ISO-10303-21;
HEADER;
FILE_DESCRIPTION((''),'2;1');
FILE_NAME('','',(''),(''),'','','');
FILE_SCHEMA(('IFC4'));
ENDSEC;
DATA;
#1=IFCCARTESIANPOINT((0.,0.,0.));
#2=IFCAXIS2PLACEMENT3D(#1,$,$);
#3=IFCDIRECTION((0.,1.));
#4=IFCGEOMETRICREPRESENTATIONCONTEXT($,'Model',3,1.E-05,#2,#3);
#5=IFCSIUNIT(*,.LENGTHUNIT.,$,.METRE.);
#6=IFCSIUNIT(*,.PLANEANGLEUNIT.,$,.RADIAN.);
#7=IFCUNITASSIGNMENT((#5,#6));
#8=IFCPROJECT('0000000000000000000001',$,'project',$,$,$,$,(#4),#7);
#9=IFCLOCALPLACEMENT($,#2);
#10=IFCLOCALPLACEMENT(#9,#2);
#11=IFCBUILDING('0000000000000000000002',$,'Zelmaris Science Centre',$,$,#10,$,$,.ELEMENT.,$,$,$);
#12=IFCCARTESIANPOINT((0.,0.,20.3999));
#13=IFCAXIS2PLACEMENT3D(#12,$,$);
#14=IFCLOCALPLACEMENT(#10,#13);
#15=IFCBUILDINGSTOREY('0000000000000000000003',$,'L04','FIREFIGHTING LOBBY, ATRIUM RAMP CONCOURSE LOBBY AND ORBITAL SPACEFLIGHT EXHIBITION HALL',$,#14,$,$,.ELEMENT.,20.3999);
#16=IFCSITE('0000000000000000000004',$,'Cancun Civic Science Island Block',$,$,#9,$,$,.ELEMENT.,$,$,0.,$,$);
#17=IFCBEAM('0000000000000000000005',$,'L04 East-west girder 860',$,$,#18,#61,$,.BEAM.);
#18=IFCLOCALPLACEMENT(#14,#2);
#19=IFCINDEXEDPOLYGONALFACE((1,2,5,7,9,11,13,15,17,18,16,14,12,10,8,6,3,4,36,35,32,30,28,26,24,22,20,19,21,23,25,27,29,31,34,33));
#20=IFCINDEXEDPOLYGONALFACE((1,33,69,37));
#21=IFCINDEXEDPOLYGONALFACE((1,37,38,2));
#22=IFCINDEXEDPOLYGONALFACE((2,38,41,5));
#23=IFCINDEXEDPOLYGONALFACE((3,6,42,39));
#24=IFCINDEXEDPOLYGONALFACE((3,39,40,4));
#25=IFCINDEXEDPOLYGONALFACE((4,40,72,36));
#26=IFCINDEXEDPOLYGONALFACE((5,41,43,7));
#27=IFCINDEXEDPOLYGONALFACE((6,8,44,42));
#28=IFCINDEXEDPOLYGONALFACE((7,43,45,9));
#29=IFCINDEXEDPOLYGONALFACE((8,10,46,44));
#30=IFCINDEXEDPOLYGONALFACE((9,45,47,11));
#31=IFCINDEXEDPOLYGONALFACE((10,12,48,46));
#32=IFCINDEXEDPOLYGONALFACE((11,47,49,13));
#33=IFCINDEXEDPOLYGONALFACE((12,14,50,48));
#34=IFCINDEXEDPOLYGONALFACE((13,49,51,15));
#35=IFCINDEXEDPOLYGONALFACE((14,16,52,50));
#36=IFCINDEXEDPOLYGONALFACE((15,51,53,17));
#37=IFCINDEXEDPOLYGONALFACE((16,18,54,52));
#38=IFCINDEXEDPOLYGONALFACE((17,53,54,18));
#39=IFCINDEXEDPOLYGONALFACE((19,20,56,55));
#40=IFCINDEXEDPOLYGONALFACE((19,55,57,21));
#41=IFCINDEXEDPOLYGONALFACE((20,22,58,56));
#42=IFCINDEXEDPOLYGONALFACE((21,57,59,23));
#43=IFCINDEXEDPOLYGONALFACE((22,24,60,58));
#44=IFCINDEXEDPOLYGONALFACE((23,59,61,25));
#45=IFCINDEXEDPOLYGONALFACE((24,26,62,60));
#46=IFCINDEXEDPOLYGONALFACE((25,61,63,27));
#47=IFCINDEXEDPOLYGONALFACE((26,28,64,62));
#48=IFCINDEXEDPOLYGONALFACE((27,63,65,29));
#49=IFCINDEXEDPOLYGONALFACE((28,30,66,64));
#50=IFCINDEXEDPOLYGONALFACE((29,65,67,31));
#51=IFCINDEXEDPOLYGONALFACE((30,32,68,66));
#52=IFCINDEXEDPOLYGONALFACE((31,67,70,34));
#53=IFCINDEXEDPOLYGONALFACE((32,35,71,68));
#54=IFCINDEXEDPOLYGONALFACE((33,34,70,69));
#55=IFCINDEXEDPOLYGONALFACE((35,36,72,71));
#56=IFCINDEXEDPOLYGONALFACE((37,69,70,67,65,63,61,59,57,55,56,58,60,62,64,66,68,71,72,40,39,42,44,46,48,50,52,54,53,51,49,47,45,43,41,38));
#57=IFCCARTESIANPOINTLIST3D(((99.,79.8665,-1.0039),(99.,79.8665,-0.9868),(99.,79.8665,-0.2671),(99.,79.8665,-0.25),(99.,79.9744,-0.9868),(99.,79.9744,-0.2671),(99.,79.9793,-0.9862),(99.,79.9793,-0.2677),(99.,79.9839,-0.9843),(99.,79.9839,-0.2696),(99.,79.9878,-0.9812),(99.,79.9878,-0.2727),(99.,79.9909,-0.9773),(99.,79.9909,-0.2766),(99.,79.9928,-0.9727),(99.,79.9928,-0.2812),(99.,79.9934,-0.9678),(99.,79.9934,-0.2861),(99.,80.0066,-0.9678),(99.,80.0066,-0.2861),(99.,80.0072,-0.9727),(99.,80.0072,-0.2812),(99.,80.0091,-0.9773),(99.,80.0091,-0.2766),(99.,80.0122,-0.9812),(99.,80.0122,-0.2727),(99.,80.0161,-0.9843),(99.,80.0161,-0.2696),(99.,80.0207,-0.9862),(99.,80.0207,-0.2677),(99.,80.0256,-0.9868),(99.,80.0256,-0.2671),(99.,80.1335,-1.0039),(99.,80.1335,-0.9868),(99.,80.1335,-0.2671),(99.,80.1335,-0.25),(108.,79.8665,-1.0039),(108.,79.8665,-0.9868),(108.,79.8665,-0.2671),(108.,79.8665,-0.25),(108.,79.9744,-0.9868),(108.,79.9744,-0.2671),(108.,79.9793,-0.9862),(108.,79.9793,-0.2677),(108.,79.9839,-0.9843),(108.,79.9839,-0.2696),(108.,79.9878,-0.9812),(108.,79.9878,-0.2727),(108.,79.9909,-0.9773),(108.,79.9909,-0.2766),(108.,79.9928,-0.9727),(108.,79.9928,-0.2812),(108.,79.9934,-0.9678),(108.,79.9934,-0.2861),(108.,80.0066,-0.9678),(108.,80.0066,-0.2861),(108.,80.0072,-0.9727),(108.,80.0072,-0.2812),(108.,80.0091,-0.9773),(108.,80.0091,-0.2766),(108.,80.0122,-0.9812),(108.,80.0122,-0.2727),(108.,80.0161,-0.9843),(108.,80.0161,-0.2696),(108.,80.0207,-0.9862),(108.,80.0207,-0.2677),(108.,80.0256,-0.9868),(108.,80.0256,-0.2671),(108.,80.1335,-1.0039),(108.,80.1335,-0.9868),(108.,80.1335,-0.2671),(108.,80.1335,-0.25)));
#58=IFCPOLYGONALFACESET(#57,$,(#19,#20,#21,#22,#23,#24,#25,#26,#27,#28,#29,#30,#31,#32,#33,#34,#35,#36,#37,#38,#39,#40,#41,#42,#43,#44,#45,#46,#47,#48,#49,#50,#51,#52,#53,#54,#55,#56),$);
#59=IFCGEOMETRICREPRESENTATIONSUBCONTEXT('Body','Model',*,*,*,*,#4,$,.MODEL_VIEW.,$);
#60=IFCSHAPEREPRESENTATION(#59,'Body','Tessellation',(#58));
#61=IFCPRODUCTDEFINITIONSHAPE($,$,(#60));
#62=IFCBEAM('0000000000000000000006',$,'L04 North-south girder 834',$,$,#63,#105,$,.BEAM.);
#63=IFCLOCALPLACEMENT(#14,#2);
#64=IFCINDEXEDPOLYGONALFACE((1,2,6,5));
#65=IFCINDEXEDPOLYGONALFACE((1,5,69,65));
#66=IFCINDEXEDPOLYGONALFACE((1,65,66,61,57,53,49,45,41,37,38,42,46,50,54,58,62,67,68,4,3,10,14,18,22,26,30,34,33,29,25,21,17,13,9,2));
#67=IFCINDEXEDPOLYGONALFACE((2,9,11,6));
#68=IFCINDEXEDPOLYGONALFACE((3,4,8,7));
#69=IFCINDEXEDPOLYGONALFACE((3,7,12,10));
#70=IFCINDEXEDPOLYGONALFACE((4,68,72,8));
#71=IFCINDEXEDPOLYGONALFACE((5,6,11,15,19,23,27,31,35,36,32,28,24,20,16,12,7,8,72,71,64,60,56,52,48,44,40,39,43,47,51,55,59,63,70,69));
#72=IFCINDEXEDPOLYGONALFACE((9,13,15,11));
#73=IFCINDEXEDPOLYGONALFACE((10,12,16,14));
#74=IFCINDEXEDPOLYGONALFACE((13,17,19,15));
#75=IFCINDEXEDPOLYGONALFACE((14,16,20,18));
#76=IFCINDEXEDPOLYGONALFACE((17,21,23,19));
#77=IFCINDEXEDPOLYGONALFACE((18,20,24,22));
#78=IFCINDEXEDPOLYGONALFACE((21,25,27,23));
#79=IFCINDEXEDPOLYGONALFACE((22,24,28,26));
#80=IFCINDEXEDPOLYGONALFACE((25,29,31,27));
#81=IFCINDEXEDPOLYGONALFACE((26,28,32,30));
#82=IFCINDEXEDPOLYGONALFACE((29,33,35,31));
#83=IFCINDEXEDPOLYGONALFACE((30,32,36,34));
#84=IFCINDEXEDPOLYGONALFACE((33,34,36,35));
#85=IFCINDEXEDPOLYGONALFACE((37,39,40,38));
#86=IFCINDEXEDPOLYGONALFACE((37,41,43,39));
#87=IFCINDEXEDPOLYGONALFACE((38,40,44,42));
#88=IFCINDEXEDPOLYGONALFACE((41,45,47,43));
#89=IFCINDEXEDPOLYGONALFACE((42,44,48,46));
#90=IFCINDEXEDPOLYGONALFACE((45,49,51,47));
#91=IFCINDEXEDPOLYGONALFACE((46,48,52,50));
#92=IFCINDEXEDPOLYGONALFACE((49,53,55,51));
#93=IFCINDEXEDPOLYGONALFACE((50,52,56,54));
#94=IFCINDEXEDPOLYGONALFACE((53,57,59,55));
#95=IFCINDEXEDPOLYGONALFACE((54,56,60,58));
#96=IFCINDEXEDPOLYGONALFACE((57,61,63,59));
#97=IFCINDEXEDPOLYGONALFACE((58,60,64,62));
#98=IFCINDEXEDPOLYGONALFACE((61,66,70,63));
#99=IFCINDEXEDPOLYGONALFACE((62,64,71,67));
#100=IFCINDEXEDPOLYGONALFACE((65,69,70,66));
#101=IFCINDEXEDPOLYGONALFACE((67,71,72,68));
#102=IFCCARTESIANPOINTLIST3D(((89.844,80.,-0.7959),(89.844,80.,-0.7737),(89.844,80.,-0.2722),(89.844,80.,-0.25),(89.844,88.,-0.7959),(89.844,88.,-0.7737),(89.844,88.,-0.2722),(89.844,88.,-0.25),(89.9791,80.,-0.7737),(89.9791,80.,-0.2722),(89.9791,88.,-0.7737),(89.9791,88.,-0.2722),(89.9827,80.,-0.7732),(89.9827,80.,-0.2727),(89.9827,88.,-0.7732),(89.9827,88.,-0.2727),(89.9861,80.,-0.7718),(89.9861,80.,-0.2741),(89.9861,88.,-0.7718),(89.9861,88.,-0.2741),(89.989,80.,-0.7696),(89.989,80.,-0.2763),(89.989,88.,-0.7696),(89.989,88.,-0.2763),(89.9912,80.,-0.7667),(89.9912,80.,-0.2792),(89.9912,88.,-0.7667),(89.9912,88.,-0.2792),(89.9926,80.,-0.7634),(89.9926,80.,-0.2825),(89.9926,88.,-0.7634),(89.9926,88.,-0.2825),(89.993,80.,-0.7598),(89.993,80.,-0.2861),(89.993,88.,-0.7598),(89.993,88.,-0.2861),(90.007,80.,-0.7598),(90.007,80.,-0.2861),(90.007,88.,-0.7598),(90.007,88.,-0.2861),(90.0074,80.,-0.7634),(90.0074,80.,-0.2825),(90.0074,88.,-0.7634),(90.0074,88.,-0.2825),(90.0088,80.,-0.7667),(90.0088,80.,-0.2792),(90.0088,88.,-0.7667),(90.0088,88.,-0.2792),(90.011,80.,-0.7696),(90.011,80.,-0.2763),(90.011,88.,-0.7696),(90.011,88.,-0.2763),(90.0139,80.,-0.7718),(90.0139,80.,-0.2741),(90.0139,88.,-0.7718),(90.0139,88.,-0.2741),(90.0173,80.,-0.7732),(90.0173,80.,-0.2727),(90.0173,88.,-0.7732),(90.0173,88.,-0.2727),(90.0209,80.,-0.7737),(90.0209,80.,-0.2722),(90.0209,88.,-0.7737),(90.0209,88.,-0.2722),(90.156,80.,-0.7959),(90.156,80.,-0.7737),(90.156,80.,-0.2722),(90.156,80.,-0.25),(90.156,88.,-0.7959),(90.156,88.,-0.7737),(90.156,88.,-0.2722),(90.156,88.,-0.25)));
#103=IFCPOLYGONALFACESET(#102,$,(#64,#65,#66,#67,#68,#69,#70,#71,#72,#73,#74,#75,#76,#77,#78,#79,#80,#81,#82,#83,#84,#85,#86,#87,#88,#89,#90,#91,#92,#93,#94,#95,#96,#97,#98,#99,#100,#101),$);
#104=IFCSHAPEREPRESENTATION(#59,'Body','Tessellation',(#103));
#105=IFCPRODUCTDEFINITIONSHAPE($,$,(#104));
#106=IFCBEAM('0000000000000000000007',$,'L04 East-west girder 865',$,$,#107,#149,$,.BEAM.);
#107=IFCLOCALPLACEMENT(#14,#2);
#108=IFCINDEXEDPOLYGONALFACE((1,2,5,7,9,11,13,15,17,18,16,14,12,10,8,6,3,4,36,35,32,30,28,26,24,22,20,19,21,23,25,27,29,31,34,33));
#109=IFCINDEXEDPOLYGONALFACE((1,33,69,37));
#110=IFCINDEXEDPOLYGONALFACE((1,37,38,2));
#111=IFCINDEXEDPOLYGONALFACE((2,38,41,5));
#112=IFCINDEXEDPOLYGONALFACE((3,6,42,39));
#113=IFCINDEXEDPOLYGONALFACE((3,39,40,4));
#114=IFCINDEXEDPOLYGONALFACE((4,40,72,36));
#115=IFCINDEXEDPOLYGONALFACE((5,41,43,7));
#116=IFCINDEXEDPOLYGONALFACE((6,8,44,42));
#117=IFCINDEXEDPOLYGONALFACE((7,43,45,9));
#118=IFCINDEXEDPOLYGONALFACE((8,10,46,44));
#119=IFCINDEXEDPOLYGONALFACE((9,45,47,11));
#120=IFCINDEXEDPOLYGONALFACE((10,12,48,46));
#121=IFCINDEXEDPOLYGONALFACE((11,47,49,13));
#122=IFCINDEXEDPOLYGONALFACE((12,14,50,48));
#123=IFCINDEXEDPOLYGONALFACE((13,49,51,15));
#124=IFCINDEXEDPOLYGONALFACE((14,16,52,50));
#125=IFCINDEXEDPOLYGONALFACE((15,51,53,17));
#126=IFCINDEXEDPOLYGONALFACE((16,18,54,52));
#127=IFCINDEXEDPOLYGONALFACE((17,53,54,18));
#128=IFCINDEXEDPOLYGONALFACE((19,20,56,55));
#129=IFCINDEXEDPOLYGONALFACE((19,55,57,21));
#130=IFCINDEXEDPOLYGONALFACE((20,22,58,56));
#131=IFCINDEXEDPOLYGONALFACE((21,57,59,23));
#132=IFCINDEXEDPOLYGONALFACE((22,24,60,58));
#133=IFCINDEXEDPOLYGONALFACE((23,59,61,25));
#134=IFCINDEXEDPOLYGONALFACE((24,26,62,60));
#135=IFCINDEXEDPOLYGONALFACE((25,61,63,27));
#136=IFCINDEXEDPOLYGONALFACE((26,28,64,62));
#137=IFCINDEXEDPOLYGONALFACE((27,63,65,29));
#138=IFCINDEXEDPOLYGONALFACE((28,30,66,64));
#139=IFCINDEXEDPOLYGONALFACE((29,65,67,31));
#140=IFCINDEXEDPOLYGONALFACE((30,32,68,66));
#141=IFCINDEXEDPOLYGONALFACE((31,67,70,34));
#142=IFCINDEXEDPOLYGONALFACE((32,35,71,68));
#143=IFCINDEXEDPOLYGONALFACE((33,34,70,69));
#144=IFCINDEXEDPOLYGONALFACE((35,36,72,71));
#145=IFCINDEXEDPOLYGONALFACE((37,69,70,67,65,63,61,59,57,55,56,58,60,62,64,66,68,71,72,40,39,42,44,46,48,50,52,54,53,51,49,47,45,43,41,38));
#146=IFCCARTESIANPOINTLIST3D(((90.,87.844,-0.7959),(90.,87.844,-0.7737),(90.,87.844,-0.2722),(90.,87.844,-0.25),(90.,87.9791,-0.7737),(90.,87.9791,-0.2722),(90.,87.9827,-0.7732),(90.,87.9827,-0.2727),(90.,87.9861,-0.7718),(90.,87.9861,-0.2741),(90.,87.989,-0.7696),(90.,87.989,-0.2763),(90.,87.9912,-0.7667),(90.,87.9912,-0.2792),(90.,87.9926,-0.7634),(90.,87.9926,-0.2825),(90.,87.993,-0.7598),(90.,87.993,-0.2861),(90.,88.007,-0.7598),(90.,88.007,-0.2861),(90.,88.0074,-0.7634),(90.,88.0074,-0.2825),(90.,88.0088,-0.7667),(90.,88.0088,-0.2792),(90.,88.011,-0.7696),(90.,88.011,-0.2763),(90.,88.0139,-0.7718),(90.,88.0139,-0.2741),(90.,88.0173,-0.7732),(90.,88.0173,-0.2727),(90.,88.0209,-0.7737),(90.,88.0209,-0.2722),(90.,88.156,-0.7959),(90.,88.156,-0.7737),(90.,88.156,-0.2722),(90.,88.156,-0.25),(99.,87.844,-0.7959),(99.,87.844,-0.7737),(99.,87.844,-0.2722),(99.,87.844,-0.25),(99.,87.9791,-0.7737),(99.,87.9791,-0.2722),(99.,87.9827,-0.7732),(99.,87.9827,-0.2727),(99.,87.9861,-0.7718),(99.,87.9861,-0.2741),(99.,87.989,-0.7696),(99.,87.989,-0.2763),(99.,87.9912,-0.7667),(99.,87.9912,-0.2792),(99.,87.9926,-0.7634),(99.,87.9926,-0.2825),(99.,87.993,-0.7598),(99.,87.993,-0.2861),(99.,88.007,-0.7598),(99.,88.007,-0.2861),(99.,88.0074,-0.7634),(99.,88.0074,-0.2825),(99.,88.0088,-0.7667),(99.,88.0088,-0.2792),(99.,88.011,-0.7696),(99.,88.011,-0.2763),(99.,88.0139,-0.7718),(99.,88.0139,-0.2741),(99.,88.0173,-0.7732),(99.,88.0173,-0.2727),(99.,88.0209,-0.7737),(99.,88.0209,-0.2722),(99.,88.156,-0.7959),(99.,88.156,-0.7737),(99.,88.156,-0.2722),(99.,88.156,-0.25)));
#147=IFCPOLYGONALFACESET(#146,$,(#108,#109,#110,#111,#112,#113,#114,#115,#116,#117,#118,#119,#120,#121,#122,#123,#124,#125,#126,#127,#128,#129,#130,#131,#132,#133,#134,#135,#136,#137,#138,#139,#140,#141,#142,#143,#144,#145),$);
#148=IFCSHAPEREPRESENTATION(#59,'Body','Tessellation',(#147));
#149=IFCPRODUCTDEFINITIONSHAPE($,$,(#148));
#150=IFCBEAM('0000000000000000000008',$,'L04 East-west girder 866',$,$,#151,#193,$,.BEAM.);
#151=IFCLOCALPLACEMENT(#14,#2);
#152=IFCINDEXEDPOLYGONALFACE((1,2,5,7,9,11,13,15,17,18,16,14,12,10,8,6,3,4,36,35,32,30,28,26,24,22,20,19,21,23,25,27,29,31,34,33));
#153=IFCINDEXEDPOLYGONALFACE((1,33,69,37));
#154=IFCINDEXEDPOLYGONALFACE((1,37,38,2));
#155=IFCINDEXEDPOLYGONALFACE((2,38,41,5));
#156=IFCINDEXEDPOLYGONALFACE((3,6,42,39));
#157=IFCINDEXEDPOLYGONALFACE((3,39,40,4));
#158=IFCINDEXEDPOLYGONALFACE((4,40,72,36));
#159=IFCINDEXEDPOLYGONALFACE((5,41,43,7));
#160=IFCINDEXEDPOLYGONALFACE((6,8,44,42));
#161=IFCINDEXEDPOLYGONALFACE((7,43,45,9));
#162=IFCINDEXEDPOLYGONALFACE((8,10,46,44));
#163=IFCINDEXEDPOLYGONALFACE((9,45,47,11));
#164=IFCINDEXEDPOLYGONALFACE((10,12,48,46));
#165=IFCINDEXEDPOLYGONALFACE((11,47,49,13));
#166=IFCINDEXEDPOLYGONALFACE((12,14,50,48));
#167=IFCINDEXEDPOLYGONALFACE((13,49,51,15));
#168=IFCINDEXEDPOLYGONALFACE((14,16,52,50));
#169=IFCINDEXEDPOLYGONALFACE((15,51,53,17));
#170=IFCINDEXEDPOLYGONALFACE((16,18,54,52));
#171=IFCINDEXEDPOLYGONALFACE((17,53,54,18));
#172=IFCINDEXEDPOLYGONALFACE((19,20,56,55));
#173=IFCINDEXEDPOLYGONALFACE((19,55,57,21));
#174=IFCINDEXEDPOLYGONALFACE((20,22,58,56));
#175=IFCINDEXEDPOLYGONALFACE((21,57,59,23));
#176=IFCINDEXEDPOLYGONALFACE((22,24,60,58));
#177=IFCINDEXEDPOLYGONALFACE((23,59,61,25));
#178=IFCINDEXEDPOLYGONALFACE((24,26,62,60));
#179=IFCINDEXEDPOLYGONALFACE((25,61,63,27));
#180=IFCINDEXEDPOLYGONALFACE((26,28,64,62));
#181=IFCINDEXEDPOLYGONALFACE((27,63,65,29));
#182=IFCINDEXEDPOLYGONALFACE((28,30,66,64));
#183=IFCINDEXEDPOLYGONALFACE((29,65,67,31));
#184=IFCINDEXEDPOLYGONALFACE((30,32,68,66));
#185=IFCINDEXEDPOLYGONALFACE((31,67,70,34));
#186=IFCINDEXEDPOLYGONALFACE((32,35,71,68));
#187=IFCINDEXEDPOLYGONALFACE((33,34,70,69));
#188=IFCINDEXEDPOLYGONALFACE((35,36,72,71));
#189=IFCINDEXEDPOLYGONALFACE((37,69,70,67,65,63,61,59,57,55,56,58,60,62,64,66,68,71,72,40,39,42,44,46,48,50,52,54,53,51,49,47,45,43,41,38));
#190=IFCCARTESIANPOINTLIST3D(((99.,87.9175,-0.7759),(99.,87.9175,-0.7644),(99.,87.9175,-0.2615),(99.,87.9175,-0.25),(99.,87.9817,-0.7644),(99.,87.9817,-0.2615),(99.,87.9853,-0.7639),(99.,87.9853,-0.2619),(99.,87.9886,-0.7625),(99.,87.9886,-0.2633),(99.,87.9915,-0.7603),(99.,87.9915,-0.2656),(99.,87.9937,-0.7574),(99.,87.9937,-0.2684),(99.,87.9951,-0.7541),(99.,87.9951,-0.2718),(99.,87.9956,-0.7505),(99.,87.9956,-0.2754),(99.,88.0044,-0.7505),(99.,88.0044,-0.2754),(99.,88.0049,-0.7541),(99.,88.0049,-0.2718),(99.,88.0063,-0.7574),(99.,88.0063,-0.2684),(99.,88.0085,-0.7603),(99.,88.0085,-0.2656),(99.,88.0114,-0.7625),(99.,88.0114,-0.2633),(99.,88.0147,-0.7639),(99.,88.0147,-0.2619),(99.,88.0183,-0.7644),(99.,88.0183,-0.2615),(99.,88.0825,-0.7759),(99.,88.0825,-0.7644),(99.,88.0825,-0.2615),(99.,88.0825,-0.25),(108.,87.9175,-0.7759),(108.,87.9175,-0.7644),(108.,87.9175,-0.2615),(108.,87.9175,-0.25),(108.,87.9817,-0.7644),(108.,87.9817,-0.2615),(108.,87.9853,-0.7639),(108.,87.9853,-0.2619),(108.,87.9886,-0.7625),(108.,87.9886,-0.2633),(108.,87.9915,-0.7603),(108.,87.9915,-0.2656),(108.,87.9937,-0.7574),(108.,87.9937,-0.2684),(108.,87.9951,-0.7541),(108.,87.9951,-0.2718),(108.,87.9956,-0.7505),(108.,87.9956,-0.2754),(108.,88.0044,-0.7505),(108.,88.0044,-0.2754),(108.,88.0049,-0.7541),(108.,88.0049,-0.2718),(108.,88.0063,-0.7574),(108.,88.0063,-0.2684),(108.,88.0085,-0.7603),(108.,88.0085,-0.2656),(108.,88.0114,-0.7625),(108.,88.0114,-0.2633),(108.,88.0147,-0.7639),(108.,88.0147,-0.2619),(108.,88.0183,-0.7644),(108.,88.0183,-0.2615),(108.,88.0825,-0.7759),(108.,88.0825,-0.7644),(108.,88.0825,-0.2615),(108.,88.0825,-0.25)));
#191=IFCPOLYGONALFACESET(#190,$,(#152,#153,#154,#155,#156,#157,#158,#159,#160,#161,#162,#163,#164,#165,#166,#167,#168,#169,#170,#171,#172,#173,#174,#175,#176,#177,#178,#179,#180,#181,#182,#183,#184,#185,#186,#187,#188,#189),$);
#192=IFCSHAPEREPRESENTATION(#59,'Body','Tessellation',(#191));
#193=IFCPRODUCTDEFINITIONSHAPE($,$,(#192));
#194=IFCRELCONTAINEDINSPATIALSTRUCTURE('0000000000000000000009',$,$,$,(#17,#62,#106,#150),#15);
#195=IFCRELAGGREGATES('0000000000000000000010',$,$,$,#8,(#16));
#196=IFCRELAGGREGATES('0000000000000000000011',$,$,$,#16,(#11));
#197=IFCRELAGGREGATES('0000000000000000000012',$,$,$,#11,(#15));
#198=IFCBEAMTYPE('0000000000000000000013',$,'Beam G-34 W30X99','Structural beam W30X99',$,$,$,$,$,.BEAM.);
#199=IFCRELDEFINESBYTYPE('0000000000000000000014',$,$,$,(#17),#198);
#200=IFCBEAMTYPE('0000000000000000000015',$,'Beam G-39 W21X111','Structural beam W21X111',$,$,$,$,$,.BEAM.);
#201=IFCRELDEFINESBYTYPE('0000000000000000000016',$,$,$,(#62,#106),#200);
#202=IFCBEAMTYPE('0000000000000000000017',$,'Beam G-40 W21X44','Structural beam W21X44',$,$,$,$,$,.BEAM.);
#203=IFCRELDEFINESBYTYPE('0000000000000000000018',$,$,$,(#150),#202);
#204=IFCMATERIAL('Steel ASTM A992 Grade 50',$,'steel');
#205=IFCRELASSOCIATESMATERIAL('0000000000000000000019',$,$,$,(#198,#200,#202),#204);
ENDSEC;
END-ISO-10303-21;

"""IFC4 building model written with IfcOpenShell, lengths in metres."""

from ifc_helpers import new_model, si_unit, direction, frame, origin, origin_2d, place, context, subcontext, project, spatial, i_section, extrude, material, material_profile, profile_set, type_object, element, save


model = new_model("IFC4")

# Units and contexts
model_context = context("Model", 3, precision=1e-05, world=origin(), true_north=direction((0.0, 1.0)))
body_context = subcontext(model_context, "Body", "Model", "MODEL_VIEW")
ifc_project = project(units=[si_unit("LENGTHUNIT", "METRE"), si_unit("PLANEANGLEUNIT", "RADIAN")], contexts=[model_context])

# Site, building, storey
site_placement = place(None, origin())
site = spatial("IfcSite", under=ifc_project, at=site_placement, Name="Cancun Civic Science Island Block", CompositionType="ELEMENT", RefElevation=0.0)
building_placement = place(site_placement, origin())
building = spatial("IfcBuilding", under=site, at=building_placement, Name="Zelmaris Science Centre", CompositionType="ELEMENT")
storey_placement = place(building_placement, frame((0.0, 0.0, 20.3999)))
storey = spatial("IfcBuildingStorey", under=building, at=storey_placement, Name="L04", Description="FIREFIGHTING LOBBY, ATRIUM RAMP CONCOURSE LOBBY AND ORBITAL SPACEFLIGHT EXHIBITION HALL", CompositionType="ELEMENT", Elevation=20.3999)

# Beams
ifc_material_1 = material(Name="Steel ASTM A992 Grade 50", Category="steel")
ifc_material_profile_1 = material_profile(ifc_material_1, i_section(OverallWidth=0.2671, OverallDepth=0.7539, WebThickness=0.0132, FlangeThickness=0.0171, FilletRadius=0.019, at=origin_2d()), Name="W30X99")
ifc_profile_set_1 = profile_set([ifc_material_profile_1], Name="Steel ASTM A992 Grade 50")
beam_type_1 = type_object("IfcBeamType", Name="Beam G-34 W30X99", Description="Structural beam W30X99", PredefinedType="BEAM", material=ifc_profile_set_1)
beam_1_placement = place(storey_placement, frame((99.0, 80.0, -0.627), z_axis=(1.0, 0.0, 0.0), x_axis=(0.0, 1.0, 0.0)))
element("IfcBeam", 1, at=beam_1_placement, inside=storey, type_object=beam_type_1, Name="L04 East-west girder 860", PredefinedType="BEAM", context=body_context, shape_type="SweptSolid", body=[
    extrude(i_section(OverallWidth=0.2671, OverallDepth=0.7539, WebThickness=0.0132, FlangeThickness=0.0171, FilletRadius=0.019, at=origin_2d()), origin(), (0.0, 0.0, 1.0), 9.0),
])
ifc_material_profile_2 = material_profile(ifc_material_1, i_section(OverallWidth=0.312, OverallDepth=0.5459, WebThickness=0.0139, FlangeThickness=0.0222, FilletRadius=0.0139, at=origin_2d()), Name="W21X111")
ifc_profile_set_2 = profile_set([ifc_material_profile_2], Name="Steel ASTM A992 Grade 50")
beam_type_2 = type_object("IfcBeamType", Name="Beam G-39 W21X111", Description="Structural beam W21X111", PredefinedType="BEAM", material=ifc_profile_set_2)
beam_2_placement = place(storey_placement, frame((90.0, 80.0, -0.5229), z_axis=(0.0, 1.0, 0.0), x_axis=(-1.0, 0.0, 0.0)))
element("IfcBeam", 2, at=beam_2_placement, inside=storey, type_object=beam_type_2, Name="L04 North-south girder 834", PredefinedType="BEAM", context=body_context, shape_type="SweptSolid", body=[
    extrude(i_section(OverallWidth=0.312, OverallDepth=0.5459, WebThickness=0.0139, FlangeThickness=0.0222, FilletRadius=0.0139, at=origin_2d()), origin(), (0.0, 0.0, 1.0), 8.0),
])
beam_3_placement = place(storey_placement, frame((90.0, 88.0, -0.5229), z_axis=(1.0, 0.0, 0.0), x_axis=(0.0, 1.0, 0.0)))
element("IfcBeam", 3, at=beam_3_placement, inside=storey, type_object=beam_type_2, Name="L04 East-west girder 865", PredefinedType="BEAM", context=body_context, shape_type="SweptSolid", body=[
    extrude(i_section(OverallWidth=0.312, OverallDepth=0.5459, WebThickness=0.0139, FlangeThickness=0.0222, FilletRadius=0.0139, at=origin_2d()), origin(), (0.0, 0.0, 1.0), 9.0),
])
ifc_material_profile_3 = material_profile(ifc_material_1, i_section(OverallWidth=0.165, OverallDepth=0.5259, WebThickness=0.0088, FlangeThickness=0.0115, FilletRadius=0.0139, at=origin_2d()), Name="W21X44")
ifc_profile_set_3 = profile_set([ifc_material_profile_3], Name="Steel ASTM A992 Grade 50")
beam_type_3 = type_object("IfcBeamType", Name="Beam G-40 W21X44", Description="Structural beam W21X44", PredefinedType="BEAM", material=ifc_profile_set_3)
beam_4_placement = place(storey_placement, frame((99.0, 88.0, -0.5129), z_axis=(1.0, 0.0, 0.0), x_axis=(0.0, 1.0, 0.0)))
element("IfcBeam", 4, at=beam_4_placement, inside=storey, type_object=beam_type_3, Name="L04 East-west girder 866", PredefinedType="BEAM", context=body_context, shape_type="SweptSolid", body=[
    extrude(i_section(OverallWidth=0.165, OverallDepth=0.5259, WebThickness=0.0088, FlangeThickness=0.0115, FilletRadius=0.0139, at=origin_2d()), origin(), (0.0, 0.0, 1.0), 9.0),
])

save(model, "model.ifc")
